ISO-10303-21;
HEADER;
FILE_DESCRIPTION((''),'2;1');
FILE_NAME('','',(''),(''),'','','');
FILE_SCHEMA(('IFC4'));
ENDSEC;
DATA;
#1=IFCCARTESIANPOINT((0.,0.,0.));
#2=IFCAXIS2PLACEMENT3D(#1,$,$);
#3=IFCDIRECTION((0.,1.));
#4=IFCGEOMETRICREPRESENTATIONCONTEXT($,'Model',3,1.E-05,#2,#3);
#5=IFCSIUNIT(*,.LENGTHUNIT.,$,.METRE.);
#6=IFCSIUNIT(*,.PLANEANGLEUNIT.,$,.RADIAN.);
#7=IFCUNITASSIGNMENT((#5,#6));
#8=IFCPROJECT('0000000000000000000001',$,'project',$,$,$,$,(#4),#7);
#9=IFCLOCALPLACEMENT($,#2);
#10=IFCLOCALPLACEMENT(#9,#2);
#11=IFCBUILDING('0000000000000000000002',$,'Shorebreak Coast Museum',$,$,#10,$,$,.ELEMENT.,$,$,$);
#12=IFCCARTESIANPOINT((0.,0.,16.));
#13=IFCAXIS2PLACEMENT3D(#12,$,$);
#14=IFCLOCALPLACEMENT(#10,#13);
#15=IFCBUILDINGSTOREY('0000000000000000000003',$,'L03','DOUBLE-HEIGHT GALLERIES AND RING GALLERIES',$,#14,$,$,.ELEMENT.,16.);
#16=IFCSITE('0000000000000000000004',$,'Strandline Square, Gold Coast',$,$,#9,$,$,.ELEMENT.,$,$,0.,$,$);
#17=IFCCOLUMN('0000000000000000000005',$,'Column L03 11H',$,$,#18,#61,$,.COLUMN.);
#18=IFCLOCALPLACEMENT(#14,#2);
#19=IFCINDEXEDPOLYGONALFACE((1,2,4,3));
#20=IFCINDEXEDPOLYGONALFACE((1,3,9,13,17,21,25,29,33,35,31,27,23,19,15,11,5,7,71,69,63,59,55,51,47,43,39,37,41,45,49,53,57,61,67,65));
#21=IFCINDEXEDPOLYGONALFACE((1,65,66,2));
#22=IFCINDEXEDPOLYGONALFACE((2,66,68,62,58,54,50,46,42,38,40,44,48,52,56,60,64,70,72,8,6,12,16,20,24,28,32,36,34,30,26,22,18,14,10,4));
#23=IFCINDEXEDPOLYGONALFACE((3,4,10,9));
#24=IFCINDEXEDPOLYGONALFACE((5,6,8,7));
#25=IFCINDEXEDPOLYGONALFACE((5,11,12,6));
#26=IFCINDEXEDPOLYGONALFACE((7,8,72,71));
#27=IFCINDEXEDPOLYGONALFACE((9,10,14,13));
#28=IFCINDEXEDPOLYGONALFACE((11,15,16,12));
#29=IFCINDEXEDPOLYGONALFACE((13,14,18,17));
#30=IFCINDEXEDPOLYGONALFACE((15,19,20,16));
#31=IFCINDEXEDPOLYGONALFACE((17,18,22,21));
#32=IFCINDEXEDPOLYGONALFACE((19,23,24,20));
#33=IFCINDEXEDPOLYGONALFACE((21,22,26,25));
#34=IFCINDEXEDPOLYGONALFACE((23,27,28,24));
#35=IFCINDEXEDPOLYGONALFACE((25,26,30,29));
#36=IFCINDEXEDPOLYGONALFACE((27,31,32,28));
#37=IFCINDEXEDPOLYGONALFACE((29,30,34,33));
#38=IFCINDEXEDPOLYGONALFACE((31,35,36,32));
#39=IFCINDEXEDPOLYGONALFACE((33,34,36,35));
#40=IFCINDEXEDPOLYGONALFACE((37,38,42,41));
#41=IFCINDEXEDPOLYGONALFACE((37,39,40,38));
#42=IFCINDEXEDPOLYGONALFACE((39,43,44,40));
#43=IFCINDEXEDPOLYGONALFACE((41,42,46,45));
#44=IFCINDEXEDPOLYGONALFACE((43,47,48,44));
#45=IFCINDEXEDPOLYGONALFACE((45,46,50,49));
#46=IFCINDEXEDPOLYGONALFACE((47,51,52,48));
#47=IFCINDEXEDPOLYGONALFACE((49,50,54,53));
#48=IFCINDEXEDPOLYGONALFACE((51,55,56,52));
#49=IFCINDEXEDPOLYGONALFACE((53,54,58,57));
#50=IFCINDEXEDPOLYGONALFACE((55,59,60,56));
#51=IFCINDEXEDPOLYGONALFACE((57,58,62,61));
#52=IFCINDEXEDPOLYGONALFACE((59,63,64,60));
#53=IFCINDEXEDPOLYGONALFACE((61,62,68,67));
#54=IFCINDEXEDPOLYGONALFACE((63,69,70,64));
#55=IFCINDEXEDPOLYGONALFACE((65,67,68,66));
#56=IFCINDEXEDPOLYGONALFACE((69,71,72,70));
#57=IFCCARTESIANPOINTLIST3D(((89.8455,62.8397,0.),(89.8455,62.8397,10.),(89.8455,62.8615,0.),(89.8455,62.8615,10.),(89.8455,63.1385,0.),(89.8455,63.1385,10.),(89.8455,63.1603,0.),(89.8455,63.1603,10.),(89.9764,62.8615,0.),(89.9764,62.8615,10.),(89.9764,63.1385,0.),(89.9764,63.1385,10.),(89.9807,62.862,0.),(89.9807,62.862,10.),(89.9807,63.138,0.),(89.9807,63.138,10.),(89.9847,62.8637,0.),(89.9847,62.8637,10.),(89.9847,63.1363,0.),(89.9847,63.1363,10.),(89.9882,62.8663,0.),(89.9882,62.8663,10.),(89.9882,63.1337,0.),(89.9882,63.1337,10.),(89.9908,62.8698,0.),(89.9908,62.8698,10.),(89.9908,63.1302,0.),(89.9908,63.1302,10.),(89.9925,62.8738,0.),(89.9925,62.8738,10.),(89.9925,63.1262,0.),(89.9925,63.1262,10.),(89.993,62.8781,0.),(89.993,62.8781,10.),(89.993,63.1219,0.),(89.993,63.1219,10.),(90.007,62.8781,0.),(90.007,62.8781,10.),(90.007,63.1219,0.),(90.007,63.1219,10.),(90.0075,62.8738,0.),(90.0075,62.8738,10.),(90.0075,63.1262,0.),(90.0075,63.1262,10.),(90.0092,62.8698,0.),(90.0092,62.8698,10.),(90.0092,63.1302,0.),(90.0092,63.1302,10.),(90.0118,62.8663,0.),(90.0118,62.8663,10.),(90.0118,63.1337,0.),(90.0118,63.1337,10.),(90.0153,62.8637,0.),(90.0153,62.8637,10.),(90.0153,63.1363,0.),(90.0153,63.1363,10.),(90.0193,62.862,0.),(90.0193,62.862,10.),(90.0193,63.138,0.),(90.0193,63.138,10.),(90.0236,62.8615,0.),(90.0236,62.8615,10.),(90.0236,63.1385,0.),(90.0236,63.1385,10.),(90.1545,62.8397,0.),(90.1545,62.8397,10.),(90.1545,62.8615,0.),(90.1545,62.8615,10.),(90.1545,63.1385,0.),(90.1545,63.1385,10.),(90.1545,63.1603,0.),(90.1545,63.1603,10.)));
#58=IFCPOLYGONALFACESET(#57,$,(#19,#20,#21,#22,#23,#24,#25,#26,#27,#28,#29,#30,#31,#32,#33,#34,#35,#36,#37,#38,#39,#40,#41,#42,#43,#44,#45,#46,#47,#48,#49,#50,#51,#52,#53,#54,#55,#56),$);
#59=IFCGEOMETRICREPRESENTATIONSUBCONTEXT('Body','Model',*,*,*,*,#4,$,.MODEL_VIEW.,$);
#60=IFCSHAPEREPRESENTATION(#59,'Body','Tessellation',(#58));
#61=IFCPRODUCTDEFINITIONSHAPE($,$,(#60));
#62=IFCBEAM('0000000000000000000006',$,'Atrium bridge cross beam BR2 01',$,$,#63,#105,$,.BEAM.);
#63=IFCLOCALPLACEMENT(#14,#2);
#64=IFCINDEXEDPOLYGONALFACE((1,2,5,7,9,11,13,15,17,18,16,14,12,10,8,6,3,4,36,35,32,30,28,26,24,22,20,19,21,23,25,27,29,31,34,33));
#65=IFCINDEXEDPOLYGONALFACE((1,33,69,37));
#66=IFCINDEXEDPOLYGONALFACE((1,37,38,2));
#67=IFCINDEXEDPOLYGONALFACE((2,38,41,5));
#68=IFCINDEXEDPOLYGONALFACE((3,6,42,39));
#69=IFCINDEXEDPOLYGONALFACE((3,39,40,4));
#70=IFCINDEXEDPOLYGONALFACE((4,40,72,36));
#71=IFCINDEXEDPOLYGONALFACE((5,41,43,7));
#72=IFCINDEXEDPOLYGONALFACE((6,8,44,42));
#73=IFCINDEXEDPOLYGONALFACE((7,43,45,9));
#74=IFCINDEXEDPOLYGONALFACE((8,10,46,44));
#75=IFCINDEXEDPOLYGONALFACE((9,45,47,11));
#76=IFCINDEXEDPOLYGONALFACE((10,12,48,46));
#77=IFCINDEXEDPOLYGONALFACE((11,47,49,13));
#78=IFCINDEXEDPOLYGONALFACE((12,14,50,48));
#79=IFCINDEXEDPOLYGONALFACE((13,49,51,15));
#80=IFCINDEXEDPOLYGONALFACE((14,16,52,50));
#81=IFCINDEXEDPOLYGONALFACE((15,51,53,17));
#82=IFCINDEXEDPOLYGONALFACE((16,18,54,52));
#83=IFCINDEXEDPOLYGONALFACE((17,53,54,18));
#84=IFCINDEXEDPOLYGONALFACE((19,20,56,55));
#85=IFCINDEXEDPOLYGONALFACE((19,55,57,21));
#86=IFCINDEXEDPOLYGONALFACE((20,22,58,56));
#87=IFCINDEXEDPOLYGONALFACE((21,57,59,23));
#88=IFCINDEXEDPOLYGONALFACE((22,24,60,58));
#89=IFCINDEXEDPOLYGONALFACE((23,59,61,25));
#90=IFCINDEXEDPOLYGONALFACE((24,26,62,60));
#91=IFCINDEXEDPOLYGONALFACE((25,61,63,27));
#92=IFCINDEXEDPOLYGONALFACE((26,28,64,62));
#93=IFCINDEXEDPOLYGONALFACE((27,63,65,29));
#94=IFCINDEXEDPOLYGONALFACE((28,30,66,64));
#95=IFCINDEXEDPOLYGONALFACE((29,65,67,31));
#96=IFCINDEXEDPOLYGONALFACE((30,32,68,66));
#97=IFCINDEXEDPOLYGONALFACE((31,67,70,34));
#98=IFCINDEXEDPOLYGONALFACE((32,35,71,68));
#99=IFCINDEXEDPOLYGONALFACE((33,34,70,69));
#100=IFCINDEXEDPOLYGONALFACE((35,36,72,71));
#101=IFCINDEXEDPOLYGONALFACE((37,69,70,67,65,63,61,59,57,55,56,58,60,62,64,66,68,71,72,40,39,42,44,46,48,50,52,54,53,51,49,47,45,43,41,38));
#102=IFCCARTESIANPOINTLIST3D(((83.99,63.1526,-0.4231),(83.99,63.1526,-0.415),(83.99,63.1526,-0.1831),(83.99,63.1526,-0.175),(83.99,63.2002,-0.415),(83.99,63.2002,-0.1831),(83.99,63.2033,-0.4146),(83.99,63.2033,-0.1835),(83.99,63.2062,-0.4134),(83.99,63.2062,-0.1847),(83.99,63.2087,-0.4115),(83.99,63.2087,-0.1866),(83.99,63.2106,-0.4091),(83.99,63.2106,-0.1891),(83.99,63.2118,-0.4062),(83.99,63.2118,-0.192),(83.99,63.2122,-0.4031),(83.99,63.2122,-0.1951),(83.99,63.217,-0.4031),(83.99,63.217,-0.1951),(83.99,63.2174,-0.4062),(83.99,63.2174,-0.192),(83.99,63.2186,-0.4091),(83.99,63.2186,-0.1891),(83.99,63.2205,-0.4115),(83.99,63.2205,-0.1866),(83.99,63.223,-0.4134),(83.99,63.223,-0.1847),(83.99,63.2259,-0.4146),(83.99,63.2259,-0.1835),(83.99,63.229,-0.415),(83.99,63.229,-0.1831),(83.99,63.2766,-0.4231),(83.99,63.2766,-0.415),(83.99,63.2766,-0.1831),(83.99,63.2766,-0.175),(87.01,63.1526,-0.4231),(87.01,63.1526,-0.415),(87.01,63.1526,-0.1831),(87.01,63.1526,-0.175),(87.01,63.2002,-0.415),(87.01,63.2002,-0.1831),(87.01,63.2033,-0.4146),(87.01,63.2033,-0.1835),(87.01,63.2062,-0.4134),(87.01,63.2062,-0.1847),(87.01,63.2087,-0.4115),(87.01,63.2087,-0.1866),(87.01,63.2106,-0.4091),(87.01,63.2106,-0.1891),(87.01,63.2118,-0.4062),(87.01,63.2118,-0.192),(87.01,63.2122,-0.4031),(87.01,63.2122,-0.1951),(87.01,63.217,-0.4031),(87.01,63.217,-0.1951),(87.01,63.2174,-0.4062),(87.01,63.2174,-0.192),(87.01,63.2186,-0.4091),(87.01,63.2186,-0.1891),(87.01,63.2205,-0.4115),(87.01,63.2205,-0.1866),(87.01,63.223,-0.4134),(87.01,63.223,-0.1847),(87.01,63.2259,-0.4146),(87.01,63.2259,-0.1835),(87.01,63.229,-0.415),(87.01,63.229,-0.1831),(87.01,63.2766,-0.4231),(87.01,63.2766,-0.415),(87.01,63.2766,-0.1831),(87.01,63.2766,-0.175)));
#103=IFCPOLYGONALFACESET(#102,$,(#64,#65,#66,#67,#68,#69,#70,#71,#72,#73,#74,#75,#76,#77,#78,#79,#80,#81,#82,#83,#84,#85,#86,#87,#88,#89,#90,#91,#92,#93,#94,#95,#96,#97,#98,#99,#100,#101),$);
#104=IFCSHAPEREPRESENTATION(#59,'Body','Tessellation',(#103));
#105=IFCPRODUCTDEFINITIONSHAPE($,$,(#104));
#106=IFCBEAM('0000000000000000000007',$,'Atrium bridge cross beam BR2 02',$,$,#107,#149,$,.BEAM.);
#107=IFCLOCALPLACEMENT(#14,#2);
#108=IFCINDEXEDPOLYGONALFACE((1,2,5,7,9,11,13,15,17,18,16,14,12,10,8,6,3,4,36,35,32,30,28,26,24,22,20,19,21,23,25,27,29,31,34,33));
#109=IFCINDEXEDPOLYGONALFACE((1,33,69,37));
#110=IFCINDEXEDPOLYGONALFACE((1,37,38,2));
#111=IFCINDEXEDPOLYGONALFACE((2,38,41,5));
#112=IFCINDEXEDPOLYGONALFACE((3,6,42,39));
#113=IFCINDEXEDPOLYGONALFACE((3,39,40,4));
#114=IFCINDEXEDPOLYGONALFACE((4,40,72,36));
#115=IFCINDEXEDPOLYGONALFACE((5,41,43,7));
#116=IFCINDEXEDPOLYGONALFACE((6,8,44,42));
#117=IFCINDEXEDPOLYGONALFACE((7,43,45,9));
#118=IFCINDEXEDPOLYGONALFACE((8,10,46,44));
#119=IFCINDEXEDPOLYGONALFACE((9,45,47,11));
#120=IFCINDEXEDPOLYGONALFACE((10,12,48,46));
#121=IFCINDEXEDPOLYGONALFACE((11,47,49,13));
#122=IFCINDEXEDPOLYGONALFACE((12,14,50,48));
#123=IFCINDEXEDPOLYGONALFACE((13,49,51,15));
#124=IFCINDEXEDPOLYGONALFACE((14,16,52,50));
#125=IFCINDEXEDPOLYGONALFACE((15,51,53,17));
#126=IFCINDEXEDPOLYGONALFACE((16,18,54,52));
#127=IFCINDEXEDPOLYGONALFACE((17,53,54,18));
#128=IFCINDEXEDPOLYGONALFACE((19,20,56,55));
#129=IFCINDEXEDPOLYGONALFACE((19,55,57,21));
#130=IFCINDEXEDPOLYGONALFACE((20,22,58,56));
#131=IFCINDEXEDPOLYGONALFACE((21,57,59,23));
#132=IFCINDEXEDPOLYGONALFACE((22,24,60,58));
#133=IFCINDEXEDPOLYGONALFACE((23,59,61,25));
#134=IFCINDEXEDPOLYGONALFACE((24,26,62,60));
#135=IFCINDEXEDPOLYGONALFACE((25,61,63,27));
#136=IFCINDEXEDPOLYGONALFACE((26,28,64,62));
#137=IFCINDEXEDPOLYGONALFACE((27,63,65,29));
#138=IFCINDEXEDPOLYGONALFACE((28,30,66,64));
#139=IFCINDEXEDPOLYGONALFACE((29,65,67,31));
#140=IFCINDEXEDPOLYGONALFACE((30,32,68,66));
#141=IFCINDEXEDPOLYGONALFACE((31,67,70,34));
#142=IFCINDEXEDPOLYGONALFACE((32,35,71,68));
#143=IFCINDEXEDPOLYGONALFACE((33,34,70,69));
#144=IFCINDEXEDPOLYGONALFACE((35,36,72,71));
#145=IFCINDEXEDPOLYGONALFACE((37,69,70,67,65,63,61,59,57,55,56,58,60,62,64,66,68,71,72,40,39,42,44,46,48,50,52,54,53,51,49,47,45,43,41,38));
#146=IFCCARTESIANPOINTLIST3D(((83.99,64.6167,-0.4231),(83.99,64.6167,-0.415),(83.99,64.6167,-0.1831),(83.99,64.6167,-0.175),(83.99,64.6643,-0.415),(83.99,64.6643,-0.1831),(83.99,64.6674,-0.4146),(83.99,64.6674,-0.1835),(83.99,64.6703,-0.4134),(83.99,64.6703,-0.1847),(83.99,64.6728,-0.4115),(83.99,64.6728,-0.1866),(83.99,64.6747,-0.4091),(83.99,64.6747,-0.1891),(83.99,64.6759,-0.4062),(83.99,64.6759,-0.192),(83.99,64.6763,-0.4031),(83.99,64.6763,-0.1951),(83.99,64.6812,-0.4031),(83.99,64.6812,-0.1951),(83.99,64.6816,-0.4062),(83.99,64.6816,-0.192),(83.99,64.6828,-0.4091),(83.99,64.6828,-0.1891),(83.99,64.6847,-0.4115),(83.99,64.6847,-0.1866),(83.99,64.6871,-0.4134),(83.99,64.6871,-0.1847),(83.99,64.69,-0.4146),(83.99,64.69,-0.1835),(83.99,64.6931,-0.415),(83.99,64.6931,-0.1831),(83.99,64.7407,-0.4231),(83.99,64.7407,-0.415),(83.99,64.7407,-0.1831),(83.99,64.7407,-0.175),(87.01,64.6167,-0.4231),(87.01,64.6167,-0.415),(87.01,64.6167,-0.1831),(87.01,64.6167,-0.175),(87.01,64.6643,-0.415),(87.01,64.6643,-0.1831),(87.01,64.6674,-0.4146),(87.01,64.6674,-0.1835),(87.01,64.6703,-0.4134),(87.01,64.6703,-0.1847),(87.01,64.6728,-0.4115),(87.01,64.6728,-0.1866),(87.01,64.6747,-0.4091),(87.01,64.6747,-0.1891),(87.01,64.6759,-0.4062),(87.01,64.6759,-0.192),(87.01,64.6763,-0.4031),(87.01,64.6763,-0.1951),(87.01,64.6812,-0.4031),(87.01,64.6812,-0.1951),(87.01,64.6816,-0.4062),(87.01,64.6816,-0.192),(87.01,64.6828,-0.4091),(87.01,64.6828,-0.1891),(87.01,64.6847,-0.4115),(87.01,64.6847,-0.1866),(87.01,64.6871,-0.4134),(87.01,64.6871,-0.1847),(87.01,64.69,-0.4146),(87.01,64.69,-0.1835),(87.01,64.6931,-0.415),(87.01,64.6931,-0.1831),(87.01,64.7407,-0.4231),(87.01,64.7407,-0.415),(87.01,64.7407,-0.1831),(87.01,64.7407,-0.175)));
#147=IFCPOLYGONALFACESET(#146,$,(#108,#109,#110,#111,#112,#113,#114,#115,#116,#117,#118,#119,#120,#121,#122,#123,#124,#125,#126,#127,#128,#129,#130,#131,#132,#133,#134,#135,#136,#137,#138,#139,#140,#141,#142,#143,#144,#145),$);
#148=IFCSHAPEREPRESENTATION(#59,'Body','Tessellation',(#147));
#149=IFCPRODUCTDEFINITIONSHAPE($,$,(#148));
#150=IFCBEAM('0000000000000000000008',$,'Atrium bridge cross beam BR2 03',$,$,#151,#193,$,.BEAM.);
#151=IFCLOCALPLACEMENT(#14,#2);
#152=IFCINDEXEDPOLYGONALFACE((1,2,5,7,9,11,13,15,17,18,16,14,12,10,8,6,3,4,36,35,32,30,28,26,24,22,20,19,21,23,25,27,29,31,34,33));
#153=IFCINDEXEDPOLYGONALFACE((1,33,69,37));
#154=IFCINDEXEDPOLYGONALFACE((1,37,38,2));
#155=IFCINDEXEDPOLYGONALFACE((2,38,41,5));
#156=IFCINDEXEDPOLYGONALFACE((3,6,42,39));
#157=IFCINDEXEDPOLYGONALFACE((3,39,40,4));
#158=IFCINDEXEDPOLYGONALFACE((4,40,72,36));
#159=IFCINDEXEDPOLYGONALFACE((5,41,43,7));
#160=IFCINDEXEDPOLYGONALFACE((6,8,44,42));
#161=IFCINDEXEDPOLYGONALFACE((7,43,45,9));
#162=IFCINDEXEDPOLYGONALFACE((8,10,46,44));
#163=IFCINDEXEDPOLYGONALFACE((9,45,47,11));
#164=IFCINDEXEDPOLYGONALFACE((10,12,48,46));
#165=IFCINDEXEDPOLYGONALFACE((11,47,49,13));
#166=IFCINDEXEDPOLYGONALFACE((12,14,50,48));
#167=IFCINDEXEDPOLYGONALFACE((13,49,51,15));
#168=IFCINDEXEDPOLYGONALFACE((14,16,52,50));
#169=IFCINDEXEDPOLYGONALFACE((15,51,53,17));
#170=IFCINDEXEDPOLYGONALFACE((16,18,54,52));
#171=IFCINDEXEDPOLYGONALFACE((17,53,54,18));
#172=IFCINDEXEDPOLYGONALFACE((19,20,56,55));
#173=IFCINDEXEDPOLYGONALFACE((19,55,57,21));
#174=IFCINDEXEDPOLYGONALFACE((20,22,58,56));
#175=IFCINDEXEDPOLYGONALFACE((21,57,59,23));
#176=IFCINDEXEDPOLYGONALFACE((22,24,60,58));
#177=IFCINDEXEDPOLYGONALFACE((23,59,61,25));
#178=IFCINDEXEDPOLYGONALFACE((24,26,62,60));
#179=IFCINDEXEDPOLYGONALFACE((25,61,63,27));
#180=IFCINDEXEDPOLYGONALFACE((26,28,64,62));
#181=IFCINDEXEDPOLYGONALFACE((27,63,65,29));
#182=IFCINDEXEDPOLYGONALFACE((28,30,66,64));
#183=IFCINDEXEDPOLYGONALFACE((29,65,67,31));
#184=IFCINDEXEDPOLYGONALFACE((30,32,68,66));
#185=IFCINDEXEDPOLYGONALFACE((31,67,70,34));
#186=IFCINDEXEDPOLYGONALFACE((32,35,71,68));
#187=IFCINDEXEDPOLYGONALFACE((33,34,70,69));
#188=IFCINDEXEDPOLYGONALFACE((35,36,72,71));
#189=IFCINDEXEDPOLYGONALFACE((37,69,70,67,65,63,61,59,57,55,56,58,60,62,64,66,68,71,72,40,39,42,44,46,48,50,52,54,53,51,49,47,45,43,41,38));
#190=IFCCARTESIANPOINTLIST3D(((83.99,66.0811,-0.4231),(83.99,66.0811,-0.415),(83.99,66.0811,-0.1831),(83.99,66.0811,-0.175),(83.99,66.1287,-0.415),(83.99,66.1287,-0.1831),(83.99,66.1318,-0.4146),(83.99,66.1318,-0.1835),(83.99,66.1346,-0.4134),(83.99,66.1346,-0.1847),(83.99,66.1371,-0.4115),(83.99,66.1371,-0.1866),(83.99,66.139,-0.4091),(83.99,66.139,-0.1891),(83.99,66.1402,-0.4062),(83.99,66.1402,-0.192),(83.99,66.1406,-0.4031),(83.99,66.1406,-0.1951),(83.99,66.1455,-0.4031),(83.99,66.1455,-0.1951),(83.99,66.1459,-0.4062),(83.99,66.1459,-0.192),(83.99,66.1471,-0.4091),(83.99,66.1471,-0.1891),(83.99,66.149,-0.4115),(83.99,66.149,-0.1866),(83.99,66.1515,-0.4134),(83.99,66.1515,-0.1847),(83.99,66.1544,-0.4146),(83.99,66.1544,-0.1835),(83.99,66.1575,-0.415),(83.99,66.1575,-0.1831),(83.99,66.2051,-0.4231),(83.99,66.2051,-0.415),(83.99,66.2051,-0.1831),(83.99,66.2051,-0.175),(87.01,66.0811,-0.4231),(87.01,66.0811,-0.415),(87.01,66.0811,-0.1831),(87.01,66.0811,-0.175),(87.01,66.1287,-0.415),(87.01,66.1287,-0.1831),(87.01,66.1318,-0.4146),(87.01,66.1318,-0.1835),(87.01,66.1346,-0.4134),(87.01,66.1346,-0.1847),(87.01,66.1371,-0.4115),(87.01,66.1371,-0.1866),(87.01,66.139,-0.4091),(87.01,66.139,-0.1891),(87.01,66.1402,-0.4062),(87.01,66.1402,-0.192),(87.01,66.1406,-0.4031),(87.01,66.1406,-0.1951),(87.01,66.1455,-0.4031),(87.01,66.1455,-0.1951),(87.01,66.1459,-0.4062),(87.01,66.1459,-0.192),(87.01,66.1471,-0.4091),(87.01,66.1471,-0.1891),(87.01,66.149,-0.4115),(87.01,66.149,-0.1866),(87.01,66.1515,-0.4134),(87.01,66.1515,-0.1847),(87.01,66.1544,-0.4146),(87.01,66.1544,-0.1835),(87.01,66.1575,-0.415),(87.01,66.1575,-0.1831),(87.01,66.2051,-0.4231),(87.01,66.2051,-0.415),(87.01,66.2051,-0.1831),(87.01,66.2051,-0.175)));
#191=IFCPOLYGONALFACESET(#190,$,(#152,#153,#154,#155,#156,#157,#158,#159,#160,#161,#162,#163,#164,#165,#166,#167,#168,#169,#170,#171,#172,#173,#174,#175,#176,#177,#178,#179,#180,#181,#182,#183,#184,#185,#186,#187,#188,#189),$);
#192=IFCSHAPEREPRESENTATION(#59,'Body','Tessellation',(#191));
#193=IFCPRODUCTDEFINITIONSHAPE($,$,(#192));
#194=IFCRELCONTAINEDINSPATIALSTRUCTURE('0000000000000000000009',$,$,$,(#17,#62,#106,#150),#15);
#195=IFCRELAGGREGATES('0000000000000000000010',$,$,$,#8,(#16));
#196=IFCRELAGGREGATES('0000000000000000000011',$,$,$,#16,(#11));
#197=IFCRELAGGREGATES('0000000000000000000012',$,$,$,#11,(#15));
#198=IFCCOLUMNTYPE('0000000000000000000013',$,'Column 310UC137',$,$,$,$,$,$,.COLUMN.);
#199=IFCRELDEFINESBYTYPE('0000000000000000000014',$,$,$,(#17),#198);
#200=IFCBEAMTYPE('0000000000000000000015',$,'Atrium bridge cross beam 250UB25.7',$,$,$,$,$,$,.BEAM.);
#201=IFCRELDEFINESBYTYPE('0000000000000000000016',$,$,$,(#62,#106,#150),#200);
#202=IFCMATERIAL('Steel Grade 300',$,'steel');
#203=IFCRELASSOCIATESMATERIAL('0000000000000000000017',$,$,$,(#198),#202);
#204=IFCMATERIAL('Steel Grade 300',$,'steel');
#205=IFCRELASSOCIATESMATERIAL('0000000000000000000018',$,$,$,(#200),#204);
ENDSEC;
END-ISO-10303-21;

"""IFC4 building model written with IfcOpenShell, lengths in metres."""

from ifc_helpers import new_model, si_unit, direction, frame, origin, origin_2d, place, context, subcontext, project, spatial, i_section, extrude, material, material_profile, profile_set, type_object, element, save


model = new_model("IFC4")

# Units and contexts
model_context = context("Model", 3, precision=1e-05, world=origin(), true_north=direction((0.0, 1.0)))
body_context = subcontext(model_context, "Body", "Model", "MODEL_VIEW")
ifc_project = project(units=[si_unit("LENGTHUNIT", "METRE"), si_unit("PLANEANGLEUNIT", "RADIAN")], contexts=[model_context])

# Site, building, storey
site_placement = place(None, origin())
site = spatial("IfcSite", under=ifc_project, at=site_placement, Name="Strandline Square, Gold Coast", CompositionType="ELEMENT", RefElevation=0.0)
building_placement = place(site_placement, origin())
building = spatial("IfcBuilding", under=site, at=building_placement, Name="Shorebreak Coast Museum", CompositionType="ELEMENT")
storey_placement = place(building_placement, frame((0.0, 0.0, 16.0)))
storey = spatial("IfcBuildingStorey", under=building, at=storey_placement, Name="L03", Description="DOUBLE-HEIGHT GALLERIES AND RING GALLERIES", CompositionType="ELEMENT", Elevation=16.0)

# Column
ifc_material_1 = material(Name="Steel Grade 300", Category="steel")
ifc_material_profile_1 = material_profile(ifc_material_1, i_section(OverallWidth=0.3091, OverallDepth=0.3206, WebThickness=0.0139, FlangeThickness=0.0217, FilletRadius=0.0166, at=origin_2d()), Name="310UC137")
ifc_profile_set_1 = profile_set([ifc_material_profile_1], Name="Steel Grade 300")
column_type = type_object("IfcColumnType", Name="Column 310UC137", PredefinedType="COLUMN", material=ifc_profile_set_1)
column_placement = place(storey_placement, frame((90.0, 63.0, 0.0), z_axis=(0.0, 0.0, 1.0), x_axis=(1.0, 0.0, 0.0)))
element("IfcColumn", 1, at=column_placement, inside=storey, type_object=column_type, Name="Column L03 11H", PredefinedType="COLUMN", context=body_context, shape_type="SweptSolid", body=[
    extrude(i_section(OverallWidth=0.3091, OverallDepth=0.3206, WebThickness=0.0139, FlangeThickness=0.0217, FilletRadius=0.0166, at=origin_2d()), origin(), (0.0, 0.0, 1.0), 10.0),
])

# Beams
ifc_material_2 = material(Name="Steel Grade 300", Category="steel")
ifc_material_profile_2 = material_profile(ifc_material_2, i_section(OverallWidth=0.124, OverallDepth=0.248, WebThickness=0.0049, FlangeThickness=0.0081, FilletRadius=0.012, at=origin_2d()), Name="250UB25.7")
ifc_profile_set_2 = profile_set([ifc_material_profile_2], Name="Steel Grade 300")
beam_type_1 = type_object("IfcBeamType", Name="Atrium bridge cross beam 250UB25.7", PredefinedType="BEAM", material=ifc_profile_set_2)
for number, where, z_axis, x_axis, name in (
    (2, (87.01, 63.2146, -0.2991), (-1.0, 0.0, 0.0), (0.0, -1.0, 0.0), "Atrium bridge cross beam BR2 01"),
    (3, (87.01, 64.6787, -0.2991), (-1.0, 0.0, 0.0), (0.0, -1.0, 0.0), "Atrium bridge cross beam BR2 02"),
    (4, (87.01, 66.1431, -0.2991), (-1.0, 0.0, 0.0), (0.0, -1.0, 0.0), "Atrium bridge cross beam BR2 03"),
):
    element("IfcBeam", number, at=place(storey_placement, frame(where, z_axis=z_axis, x_axis=x_axis)), inside=storey, type_object=beam_type_1, Name=name, PredefinedType="BEAM", context=body_context, shape_type="SweptSolid", body=[
        extrude(i_section(OverallWidth=0.124, OverallDepth=0.248, WebThickness=0.0049, FlangeThickness=0.0081, FilletRadius=0.012, at=origin_2d()), origin(), (0.0, 0.0, 1.0), 3.02),
    ])

save(model, "model.ifc")
